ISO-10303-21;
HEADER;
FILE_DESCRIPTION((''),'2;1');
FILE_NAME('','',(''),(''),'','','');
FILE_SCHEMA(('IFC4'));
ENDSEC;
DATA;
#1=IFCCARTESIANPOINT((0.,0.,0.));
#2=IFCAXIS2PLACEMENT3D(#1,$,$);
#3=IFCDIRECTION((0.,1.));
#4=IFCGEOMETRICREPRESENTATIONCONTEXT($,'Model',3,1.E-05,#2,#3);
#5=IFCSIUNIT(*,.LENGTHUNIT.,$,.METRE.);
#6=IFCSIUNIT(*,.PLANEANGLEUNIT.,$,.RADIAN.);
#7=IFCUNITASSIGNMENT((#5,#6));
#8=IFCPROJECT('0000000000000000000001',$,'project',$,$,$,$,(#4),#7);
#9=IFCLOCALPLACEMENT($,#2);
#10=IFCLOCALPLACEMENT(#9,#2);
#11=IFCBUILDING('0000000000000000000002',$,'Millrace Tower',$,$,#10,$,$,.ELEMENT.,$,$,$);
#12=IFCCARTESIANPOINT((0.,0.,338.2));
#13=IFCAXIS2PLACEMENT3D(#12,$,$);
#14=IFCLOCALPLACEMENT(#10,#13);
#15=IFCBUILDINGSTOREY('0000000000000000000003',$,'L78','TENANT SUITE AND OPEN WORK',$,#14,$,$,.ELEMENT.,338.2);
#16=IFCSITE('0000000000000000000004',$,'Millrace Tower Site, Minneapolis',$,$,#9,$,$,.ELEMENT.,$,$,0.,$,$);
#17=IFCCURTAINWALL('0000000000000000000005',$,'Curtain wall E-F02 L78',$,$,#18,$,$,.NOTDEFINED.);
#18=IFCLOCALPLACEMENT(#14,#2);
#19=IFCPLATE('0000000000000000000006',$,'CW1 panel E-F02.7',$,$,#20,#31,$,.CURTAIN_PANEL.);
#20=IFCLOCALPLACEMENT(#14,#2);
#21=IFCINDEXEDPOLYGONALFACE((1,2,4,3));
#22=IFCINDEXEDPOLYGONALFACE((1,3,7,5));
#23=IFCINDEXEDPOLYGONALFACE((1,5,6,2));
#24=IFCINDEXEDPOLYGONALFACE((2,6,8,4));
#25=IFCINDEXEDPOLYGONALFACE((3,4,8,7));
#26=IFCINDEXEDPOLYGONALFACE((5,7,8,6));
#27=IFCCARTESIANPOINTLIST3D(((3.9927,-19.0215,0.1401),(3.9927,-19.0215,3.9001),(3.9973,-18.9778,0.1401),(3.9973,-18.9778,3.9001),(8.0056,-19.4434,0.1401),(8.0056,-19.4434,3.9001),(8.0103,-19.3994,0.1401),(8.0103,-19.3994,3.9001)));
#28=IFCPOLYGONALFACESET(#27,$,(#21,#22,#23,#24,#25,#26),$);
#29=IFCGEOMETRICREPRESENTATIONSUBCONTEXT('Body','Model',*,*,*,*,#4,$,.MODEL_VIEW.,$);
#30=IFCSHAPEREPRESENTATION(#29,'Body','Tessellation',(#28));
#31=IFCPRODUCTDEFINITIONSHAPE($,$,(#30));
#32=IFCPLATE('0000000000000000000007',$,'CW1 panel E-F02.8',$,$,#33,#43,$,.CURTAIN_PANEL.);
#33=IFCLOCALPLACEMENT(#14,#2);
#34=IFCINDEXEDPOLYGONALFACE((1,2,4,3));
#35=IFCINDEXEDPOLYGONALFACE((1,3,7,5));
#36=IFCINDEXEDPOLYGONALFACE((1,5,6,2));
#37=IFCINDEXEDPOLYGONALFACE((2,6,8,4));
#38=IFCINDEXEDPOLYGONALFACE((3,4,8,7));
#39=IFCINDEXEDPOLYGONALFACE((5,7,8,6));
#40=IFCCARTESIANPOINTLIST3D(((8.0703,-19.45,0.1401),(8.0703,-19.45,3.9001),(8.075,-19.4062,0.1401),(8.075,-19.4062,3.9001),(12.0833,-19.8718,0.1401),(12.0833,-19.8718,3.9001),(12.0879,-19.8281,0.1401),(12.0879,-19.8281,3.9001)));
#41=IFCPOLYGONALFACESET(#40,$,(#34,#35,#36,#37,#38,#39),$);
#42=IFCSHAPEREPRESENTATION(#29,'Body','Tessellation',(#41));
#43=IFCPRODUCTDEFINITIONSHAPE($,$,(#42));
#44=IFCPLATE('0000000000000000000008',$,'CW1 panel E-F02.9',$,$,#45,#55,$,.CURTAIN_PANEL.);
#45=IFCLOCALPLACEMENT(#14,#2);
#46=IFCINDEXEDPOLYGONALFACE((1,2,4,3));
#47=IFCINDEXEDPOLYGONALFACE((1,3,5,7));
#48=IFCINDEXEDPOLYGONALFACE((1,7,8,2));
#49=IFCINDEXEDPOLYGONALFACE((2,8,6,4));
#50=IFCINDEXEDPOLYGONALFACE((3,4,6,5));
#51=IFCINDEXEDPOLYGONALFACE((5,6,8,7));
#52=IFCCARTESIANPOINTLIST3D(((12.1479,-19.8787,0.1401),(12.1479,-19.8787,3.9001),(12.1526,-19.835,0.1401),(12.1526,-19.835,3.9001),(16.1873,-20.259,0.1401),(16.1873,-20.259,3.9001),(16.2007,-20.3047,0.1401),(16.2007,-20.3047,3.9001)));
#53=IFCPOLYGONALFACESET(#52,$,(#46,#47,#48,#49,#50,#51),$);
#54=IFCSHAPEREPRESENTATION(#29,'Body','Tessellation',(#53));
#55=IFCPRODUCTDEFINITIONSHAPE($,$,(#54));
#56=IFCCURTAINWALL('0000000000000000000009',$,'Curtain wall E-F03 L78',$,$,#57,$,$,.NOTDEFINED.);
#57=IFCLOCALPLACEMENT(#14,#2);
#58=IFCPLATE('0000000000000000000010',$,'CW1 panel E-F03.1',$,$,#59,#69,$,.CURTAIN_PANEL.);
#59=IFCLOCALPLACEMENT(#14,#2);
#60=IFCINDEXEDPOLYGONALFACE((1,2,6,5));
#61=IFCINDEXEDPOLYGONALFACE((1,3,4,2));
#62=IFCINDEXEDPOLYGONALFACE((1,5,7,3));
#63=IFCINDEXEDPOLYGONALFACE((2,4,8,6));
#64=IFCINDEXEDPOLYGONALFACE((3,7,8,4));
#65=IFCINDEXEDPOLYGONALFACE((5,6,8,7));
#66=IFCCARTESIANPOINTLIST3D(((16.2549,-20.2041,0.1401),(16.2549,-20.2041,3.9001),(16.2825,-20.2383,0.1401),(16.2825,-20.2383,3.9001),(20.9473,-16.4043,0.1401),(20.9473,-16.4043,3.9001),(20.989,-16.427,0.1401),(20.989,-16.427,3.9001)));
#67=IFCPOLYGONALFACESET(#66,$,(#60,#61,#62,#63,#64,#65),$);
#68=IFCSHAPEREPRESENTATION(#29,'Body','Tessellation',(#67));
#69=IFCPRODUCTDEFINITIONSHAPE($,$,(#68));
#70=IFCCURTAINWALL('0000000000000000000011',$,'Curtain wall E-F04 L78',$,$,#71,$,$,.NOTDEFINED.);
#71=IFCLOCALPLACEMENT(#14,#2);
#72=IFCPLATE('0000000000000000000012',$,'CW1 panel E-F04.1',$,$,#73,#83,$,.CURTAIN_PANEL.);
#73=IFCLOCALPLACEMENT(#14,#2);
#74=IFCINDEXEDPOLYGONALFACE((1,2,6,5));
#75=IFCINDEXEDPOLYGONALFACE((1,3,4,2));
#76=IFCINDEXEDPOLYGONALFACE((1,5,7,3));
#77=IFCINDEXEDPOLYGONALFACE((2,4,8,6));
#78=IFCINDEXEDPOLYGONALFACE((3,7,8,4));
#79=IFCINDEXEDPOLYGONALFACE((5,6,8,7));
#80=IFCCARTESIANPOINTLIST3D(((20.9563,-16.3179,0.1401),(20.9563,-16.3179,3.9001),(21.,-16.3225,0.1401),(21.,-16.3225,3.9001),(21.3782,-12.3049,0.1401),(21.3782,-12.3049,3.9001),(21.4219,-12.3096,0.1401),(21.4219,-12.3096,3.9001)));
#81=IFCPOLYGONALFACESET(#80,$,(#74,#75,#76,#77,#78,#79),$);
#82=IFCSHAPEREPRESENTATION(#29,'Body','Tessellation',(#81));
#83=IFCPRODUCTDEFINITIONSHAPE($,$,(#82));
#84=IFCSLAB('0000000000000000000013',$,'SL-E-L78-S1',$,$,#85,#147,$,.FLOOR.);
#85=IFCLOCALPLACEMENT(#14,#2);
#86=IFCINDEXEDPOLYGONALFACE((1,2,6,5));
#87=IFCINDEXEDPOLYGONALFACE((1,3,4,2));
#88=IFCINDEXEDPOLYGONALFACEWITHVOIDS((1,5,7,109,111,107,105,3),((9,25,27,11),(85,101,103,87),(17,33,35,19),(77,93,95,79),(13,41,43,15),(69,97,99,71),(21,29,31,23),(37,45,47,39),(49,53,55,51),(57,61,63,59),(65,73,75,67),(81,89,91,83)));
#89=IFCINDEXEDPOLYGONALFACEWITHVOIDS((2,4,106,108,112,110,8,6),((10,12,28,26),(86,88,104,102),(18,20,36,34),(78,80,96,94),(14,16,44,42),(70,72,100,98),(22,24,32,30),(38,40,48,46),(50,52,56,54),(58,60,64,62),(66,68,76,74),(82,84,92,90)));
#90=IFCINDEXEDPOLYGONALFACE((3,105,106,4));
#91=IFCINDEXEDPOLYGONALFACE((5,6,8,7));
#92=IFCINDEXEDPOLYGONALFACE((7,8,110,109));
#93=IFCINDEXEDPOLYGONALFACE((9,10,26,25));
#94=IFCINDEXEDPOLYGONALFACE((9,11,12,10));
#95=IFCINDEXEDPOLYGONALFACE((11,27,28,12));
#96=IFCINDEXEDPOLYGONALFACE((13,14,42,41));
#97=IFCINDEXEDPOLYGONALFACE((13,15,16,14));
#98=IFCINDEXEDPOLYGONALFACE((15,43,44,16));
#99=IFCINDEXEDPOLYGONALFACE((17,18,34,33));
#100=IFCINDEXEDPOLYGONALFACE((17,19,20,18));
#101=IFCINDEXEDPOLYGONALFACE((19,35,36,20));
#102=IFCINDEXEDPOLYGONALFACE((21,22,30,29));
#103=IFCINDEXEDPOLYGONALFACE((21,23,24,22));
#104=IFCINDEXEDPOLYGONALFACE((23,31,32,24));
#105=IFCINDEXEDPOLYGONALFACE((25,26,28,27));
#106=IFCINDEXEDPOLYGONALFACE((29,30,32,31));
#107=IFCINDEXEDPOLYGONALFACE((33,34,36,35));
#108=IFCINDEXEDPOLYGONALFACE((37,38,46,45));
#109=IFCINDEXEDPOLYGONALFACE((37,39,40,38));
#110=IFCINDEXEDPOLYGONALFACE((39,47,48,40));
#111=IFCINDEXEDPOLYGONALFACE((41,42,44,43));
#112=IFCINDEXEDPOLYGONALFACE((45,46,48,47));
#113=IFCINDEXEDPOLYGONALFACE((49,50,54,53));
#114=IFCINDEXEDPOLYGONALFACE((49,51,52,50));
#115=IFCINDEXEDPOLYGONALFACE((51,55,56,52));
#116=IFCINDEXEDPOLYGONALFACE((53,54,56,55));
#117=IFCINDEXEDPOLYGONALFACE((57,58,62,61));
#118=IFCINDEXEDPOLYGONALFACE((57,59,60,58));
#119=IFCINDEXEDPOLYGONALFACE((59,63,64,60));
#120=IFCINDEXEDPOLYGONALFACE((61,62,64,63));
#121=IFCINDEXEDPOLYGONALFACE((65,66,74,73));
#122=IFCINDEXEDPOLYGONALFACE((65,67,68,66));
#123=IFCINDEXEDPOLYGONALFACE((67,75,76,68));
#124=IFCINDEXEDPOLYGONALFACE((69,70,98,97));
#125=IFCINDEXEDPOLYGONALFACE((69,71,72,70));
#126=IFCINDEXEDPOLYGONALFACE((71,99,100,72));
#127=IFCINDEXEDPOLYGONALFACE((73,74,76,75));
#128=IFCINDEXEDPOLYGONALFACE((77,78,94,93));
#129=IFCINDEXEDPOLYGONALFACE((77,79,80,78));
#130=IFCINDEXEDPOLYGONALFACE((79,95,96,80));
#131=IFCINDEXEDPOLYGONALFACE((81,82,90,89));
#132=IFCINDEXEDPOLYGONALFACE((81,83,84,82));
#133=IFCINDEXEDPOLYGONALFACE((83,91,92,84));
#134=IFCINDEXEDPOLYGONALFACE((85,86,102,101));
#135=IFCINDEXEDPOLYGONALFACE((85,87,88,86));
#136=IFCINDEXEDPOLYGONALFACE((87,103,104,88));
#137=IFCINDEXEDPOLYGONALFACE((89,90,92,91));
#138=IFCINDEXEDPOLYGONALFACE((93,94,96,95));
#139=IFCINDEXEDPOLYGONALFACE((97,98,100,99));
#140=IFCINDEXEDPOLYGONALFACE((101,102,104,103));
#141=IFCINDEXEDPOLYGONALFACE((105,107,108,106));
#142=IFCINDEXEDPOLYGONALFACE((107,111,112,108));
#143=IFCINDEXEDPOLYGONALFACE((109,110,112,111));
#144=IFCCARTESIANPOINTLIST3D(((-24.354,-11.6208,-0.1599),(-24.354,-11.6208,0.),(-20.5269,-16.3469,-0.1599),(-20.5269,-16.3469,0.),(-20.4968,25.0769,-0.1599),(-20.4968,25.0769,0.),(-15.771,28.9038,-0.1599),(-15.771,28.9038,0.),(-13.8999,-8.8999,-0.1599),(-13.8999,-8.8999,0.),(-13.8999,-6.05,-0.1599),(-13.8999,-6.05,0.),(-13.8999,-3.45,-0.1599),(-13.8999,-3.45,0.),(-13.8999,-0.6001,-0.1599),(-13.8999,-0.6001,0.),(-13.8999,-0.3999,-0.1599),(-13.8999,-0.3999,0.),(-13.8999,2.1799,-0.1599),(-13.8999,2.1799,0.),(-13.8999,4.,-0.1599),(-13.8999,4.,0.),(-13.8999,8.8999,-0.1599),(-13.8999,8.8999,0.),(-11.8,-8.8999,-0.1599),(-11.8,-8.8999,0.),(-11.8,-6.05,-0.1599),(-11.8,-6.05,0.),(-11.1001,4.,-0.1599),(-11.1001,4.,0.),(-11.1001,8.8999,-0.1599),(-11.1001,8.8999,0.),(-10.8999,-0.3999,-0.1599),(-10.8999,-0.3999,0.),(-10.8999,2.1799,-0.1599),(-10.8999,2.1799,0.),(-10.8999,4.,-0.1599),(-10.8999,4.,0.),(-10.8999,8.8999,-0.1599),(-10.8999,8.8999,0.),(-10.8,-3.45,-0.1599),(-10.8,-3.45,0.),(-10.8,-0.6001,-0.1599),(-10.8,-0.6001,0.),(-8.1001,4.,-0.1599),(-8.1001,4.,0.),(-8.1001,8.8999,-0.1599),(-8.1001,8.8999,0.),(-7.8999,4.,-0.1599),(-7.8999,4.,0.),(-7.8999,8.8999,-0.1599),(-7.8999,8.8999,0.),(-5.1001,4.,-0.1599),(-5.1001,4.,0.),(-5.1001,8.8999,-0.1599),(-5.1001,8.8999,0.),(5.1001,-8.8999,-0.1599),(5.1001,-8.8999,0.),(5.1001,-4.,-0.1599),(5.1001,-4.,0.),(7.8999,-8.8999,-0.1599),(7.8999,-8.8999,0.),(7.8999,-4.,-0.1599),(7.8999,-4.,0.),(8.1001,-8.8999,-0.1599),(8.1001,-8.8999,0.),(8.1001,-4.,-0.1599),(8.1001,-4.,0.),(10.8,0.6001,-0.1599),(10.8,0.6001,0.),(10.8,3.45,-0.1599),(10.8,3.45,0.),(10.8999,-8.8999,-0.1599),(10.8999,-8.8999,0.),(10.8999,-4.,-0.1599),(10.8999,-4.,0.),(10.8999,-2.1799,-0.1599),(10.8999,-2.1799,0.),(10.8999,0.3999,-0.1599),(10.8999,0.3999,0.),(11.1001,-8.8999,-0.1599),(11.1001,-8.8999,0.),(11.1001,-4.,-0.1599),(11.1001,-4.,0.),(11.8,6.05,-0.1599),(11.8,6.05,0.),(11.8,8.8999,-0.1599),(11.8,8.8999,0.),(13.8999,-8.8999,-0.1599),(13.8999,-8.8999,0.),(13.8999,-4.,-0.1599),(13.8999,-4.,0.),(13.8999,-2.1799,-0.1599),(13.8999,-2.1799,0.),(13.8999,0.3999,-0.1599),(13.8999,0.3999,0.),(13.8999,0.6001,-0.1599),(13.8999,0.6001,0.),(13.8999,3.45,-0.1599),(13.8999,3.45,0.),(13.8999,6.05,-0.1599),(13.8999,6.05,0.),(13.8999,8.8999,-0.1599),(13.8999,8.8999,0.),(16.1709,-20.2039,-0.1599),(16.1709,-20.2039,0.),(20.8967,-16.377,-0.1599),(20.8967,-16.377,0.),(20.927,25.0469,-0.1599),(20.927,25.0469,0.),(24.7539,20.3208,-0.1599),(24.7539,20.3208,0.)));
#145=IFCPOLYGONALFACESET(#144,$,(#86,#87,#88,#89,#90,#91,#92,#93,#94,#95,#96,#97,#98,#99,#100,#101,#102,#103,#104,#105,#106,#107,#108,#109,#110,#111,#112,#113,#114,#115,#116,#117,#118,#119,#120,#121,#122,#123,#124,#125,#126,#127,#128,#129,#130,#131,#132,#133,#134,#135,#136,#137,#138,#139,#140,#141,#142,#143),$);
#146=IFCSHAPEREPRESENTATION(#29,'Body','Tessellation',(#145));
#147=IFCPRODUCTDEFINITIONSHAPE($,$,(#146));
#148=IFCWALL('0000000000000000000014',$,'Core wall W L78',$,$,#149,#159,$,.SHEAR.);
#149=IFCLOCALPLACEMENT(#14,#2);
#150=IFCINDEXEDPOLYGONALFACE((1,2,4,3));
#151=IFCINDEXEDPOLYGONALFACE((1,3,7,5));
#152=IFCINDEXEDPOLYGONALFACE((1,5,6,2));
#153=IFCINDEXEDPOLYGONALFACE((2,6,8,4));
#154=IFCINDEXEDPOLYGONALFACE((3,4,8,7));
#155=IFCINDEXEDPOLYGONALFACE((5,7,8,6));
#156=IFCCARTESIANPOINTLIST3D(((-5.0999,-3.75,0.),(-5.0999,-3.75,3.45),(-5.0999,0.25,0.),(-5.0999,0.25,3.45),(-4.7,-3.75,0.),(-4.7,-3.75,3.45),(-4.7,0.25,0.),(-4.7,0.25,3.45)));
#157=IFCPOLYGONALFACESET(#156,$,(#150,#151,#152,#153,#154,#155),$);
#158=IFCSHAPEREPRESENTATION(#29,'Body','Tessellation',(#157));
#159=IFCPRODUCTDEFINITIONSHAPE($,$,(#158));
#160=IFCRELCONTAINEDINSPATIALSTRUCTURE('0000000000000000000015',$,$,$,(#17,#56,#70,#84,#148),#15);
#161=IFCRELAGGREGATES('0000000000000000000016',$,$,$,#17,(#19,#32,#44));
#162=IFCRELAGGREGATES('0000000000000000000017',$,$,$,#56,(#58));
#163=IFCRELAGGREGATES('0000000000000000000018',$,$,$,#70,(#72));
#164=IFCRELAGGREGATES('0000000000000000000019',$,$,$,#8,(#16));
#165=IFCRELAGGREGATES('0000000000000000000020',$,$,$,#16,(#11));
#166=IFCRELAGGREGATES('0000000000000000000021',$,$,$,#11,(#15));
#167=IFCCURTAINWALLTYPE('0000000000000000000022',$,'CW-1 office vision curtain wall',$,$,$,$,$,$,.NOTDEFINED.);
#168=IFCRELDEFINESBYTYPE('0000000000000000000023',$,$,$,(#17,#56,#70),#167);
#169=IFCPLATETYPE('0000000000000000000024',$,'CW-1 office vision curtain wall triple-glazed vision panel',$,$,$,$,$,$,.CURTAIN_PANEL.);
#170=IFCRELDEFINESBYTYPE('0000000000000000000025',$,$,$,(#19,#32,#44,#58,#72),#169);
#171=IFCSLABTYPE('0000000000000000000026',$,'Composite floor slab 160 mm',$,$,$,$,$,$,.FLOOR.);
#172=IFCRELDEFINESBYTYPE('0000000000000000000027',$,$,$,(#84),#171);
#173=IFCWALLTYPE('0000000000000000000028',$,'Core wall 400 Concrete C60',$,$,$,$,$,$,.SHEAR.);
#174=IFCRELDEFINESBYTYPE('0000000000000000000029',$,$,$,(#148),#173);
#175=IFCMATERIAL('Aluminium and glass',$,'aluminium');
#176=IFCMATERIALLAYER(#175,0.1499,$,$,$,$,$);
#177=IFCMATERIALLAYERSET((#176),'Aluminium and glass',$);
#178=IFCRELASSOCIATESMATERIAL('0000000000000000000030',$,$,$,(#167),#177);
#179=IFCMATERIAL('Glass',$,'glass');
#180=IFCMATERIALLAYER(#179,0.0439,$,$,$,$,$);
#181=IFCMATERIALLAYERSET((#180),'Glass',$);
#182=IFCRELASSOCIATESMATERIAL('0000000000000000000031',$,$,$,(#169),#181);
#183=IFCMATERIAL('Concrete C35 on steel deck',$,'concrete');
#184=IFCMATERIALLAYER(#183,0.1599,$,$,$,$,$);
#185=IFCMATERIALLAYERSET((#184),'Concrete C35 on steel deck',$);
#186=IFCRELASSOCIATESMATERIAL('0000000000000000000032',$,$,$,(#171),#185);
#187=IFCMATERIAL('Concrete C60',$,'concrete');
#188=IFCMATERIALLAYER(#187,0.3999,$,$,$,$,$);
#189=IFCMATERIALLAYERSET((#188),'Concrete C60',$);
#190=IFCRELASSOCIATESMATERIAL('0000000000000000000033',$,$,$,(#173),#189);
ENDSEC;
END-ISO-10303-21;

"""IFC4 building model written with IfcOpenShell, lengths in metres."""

from ifc_helpers import new_model, si_unit, direction, frame, frame_2d, origin, place, context, subcontext, project, spatial, polyline, rectangle, outline, extrude, material, layer, layer_set, type_object, element, aggregate, save


model = new_model("IFC4")

# Units and contexts
model_context = context("Model", 3, precision=1e-05, world=origin(), true_north=direction((0.0, 1.0)))
body_context = subcontext(model_context, "Body", "Model", "MODEL_VIEW")
ifc_project = project(units=[si_unit("LENGTHUNIT", "METRE"), si_unit("PLANEANGLEUNIT", "RADIAN")], contexts=[model_context])

# Site, building, storey
site_placement = place(None, origin())
site = spatial("IfcSite", under=ifc_project, at=site_placement, Name="Millrace Tower Site, Minneapolis", CompositionType="ELEMENT", RefElevation=0.0)
building_placement = place(site_placement, origin())
building = spatial("IfcBuilding", under=site, at=building_placement, Name="Millrace Tower", CompositionType="ELEMENT")
storey_placement = place(building_placement, frame((0.0, 0.0, 338.2)))
storey = spatial("IfcBuildingStorey", under=building, at=storey_placement, Name="L78", Description="TENANT SUITE AND OPEN WORK", CompositionType="ELEMENT", Elevation=338.2)

# Shared definitions
ifc_material_1 = material(Name="Aluminium and glass", Category="aluminium")
ifc_layer_1 = layer(ifc_material_1, 0.1499)
ifc_layer_set_1 = layer_set([ifc_layer_1], Name="Aluminium and glass")
curtain_wall_type = type_object("IfcCurtainWallType", Name="CW-1 office vision curtain wall", PredefinedType="NOTDEFINED", material=ifc_layer_set_1)
placement_1 = place(storey_placement, origin())
ifc_material_2 = material(Name="Glass", Category="glass")
ifc_layer_2 = layer(ifc_material_2, 0.0439)
ifc_layer_set_2 = layer_set([ifc_layer_2], Name="Glass")
plate_type = type_object("IfcPlateType", Name="CW-1 office vision curtain wall triple-glazed vision panel", PredefinedType="CURTAIN_PANEL", material=ifc_layer_set_2)
placement_2 = place(storey_placement, frame((0.0, 0.0, 0.1401)))

# Curtain wall, plates
curtain_wall_1 = element("IfcCurtainWall", 1, at=placement_1, inside=storey, type_object=curtain_wall_type, Name="Curtain wall E-F02 L78", PredefinedType="NOTDEFINED")
plate_1 = element("IfcPlate", 2, at=placement_2, type_object=plate_type, Name="CW1 panel E-F02.7", PredefinedType="CURTAIN_PANEL", context=body_context, shape_type="SweptSolid", body=[
    extrude(outline(polyline([(3.9927, -19.0215), (8.0056, -19.4434), (8.0103, -19.3994), (3.9973, -18.9778), (3.9927, -19.0215)])), origin(), (0.0, 0.0, 1.0), 3.76),
])
plate_2 = element("IfcPlate", 3, at=placement_2, type_object=plate_type, Name="CW1 panel E-F02.8", PredefinedType="CURTAIN_PANEL", context=body_context, shape_type="SweptSolid", body=[
    extrude(outline(polyline([(8.0703, -19.45), (12.0833, -19.8718), (12.0879, -19.8281), (8.075, -19.4062), (8.0703, -19.45)])), origin(), (0.0, 0.0, 1.0), 3.76),
])
plate_3 = element("IfcPlate", 4, at=placement_2, type_object=plate_type, Name="CW1 panel E-F02.9", PredefinedType="CURTAIN_PANEL", context=body_context, shape_type="SweptSolid", body=[
    extrude(outline(polyline([(12.1479, -19.8787), (16.2007, -20.3047), (16.1873, -20.259), (12.1526, -19.835), (12.1479, -19.8787)])), origin(), (0.0, 0.0, 1.0), 3.76),
])
aggregate(curtain_wall_1, [plate_1, plate_2, plate_3])

# Curtain walls, plates
curtain_wall_2 = element("IfcCurtainWall", 5, at=placement_1, inside=storey, type_object=curtain_wall_type, Name="Curtain wall E-F03 L78", PredefinedType="NOTDEFINED")
plate_4 = element("IfcPlate", 6, at=placement_2, type_object=plate_type, Name="CW1 panel E-F03.1", PredefinedType="CURTAIN_PANEL", context=body_context, shape_type="SweptSolid", body=[
    extrude(outline(polyline([(16.2825, -20.2383), (20.989, -16.427), (20.9473, -16.4043), (16.2549, -20.2041), (16.2825, -20.2383)])), origin(), (0.0, 0.0, 1.0), 3.76),
])
aggregate(curtain_wall_2, [plate_4])
curtain_wall_3 = element("IfcCurtainWall", 7, at=placement_1, inside=storey, type_object=curtain_wall_type, Name="Curtain wall E-F04 L78", PredefinedType="NOTDEFINED")
plate_5 = element("IfcPlate", 8, at=placement_2, type_object=plate_type, Name="CW1 panel E-F04.1", PredefinedType="CURTAIN_PANEL", context=body_context, shape_type="SweptSolid", body=[
    extrude(outline(polyline([(21.0, -16.3225), (21.4219, -12.3096), (21.3782, -12.3049), (20.9563, -16.3179), (21.0, -16.3225)])), origin(), (0.0, 0.0, 1.0), 3.76),
])
aggregate(curtain_wall_3, [plate_5])

# Slab
ifc_material_3 = material(Name="Concrete C35 on steel deck", Category="concrete")
ifc_layer_3 = layer(ifc_material_3, 0.1599)
ifc_layer_set_3 = layer_set([ifc_layer_3], Name="Concrete C35 on steel deck")
slab_type = type_object("IfcSlabType", Name="Composite floor slab 160 mm", PredefinedType="FLOOR", material=ifc_layer_set_3)
slab_placement = place(storey_placement, frame((0.0, 0.0, -0.1599)))
element("IfcSlab", 9, at=slab_placement, inside=storey, type_object=slab_type, Name="SL-E-L78-S1", PredefinedType="FLOOR", context=body_context, shape_type="SweptSolid", body=[
    extrude(outline(polyline([(-24.354, -11.6208), (-20.5269, -16.3469), (16.1709, -20.2039), (20.8967, -16.377), (24.7539, 20.3208), (20.927, 25.0469), (-15.771, 28.9038), (-20.4968, 25.0769), (-24.354, -11.6208)]), holes=[polyline([(-13.8999, -8.8999), (-11.8, -8.8999), (-11.8, -6.05), (-13.8999, -6.05), (-13.8999, -8.8999)]), polyline([(-13.8999, -3.45), (-10.8, -3.45), (-10.8, -0.6001), (-13.8999, -0.6001), (-13.8999, -3.45)]), polyline([(-13.8999, -0.3999), (-10.8999, -0.3999), (-10.8999, 2.1799), (-13.8999, 2.1799), (-13.8999, -0.3999)]), polyline([(-13.8999, 4.0), (-11.1001, 4.0), (-11.1001, 8.8999), (-13.8999, 8.8999), (-13.8999, 4.0)]), polyline([(-10.8999, 4.0), (-8.1001, 4.0), (-8.1001, 8.8999), (-10.8999, 8.8999), (-10.8999, 4.0)]), polyline([(-7.8999, 4.0), (-5.1001, 4.0), (-5.1001, 8.8999), (-7.8999, 8.8999), (-7.8999, 4.0)]), polyline([(11.8, 6.05), (13.8999, 6.05), (13.8999, 8.8999), (11.8, 8.8999), (11.8, 6.05)]), polyline([(10.8, 0.6001), (13.8999, 0.6001), (13.8999, 3.45), (10.8, 3.45), (10.8, 0.6001)]), polyline([(10.8999, -2.1799), (13.8999, -2.1799), (13.8999, 0.3999), (10.8999, 0.3999), (10.8999, -2.1799)]), polyline([(11.1001, -8.8999), (13.8999, -8.8999), (13.8999, -4.0), (11.1001, -4.0), (11.1001, -8.8999)]), polyline([(8.1001, -8.8999), (10.8999, -8.8999), (10.8999, -4.0), (8.1001, -4.0), (8.1001, -8.8999)]), polyline([(5.1001, -8.8999), (7.8999, -8.8999), (7.8999, -4.0), (5.1001, -4.0), (5.1001, -8.8999)])]), origin(), (0.0, 0.0, 1.0), 0.1599),
])

# Wall
ifc_material_4 = material(Name="Concrete C60", Category="concrete")
ifc_layer_4 = layer(ifc_material_4, 0.3999)
ifc_layer_set_4 = layer_set([ifc_layer_4], Name="Concrete C60")
wall_type_1 = type_object("IfcWallType", Name="Core wall 400 Concrete C60", PredefinedType="SHEAR", material=ifc_layer_set_4)
wall_1_placement = place(storey_placement, frame((-4.8999, -3.75, 0.0), z_axis=(0.0, 0.0, 1.0), x_axis=(0.0, 1.0, 0.0)))
element("IfcWall", 10, at=wall_1_placement, inside=storey, type_object=wall_type_1, Name="Core wall W L78", PredefinedType="SHEAR", context=body_context, shape_type="SweptSolid", body=[
    extrude(rectangle(XDim=4.0, YDim=0.3999, at=frame_2d((2.0, 0.0))), origin(), (0.0, 0.0, 1.0), 3.45),
])

save(model, "model.ifc")
